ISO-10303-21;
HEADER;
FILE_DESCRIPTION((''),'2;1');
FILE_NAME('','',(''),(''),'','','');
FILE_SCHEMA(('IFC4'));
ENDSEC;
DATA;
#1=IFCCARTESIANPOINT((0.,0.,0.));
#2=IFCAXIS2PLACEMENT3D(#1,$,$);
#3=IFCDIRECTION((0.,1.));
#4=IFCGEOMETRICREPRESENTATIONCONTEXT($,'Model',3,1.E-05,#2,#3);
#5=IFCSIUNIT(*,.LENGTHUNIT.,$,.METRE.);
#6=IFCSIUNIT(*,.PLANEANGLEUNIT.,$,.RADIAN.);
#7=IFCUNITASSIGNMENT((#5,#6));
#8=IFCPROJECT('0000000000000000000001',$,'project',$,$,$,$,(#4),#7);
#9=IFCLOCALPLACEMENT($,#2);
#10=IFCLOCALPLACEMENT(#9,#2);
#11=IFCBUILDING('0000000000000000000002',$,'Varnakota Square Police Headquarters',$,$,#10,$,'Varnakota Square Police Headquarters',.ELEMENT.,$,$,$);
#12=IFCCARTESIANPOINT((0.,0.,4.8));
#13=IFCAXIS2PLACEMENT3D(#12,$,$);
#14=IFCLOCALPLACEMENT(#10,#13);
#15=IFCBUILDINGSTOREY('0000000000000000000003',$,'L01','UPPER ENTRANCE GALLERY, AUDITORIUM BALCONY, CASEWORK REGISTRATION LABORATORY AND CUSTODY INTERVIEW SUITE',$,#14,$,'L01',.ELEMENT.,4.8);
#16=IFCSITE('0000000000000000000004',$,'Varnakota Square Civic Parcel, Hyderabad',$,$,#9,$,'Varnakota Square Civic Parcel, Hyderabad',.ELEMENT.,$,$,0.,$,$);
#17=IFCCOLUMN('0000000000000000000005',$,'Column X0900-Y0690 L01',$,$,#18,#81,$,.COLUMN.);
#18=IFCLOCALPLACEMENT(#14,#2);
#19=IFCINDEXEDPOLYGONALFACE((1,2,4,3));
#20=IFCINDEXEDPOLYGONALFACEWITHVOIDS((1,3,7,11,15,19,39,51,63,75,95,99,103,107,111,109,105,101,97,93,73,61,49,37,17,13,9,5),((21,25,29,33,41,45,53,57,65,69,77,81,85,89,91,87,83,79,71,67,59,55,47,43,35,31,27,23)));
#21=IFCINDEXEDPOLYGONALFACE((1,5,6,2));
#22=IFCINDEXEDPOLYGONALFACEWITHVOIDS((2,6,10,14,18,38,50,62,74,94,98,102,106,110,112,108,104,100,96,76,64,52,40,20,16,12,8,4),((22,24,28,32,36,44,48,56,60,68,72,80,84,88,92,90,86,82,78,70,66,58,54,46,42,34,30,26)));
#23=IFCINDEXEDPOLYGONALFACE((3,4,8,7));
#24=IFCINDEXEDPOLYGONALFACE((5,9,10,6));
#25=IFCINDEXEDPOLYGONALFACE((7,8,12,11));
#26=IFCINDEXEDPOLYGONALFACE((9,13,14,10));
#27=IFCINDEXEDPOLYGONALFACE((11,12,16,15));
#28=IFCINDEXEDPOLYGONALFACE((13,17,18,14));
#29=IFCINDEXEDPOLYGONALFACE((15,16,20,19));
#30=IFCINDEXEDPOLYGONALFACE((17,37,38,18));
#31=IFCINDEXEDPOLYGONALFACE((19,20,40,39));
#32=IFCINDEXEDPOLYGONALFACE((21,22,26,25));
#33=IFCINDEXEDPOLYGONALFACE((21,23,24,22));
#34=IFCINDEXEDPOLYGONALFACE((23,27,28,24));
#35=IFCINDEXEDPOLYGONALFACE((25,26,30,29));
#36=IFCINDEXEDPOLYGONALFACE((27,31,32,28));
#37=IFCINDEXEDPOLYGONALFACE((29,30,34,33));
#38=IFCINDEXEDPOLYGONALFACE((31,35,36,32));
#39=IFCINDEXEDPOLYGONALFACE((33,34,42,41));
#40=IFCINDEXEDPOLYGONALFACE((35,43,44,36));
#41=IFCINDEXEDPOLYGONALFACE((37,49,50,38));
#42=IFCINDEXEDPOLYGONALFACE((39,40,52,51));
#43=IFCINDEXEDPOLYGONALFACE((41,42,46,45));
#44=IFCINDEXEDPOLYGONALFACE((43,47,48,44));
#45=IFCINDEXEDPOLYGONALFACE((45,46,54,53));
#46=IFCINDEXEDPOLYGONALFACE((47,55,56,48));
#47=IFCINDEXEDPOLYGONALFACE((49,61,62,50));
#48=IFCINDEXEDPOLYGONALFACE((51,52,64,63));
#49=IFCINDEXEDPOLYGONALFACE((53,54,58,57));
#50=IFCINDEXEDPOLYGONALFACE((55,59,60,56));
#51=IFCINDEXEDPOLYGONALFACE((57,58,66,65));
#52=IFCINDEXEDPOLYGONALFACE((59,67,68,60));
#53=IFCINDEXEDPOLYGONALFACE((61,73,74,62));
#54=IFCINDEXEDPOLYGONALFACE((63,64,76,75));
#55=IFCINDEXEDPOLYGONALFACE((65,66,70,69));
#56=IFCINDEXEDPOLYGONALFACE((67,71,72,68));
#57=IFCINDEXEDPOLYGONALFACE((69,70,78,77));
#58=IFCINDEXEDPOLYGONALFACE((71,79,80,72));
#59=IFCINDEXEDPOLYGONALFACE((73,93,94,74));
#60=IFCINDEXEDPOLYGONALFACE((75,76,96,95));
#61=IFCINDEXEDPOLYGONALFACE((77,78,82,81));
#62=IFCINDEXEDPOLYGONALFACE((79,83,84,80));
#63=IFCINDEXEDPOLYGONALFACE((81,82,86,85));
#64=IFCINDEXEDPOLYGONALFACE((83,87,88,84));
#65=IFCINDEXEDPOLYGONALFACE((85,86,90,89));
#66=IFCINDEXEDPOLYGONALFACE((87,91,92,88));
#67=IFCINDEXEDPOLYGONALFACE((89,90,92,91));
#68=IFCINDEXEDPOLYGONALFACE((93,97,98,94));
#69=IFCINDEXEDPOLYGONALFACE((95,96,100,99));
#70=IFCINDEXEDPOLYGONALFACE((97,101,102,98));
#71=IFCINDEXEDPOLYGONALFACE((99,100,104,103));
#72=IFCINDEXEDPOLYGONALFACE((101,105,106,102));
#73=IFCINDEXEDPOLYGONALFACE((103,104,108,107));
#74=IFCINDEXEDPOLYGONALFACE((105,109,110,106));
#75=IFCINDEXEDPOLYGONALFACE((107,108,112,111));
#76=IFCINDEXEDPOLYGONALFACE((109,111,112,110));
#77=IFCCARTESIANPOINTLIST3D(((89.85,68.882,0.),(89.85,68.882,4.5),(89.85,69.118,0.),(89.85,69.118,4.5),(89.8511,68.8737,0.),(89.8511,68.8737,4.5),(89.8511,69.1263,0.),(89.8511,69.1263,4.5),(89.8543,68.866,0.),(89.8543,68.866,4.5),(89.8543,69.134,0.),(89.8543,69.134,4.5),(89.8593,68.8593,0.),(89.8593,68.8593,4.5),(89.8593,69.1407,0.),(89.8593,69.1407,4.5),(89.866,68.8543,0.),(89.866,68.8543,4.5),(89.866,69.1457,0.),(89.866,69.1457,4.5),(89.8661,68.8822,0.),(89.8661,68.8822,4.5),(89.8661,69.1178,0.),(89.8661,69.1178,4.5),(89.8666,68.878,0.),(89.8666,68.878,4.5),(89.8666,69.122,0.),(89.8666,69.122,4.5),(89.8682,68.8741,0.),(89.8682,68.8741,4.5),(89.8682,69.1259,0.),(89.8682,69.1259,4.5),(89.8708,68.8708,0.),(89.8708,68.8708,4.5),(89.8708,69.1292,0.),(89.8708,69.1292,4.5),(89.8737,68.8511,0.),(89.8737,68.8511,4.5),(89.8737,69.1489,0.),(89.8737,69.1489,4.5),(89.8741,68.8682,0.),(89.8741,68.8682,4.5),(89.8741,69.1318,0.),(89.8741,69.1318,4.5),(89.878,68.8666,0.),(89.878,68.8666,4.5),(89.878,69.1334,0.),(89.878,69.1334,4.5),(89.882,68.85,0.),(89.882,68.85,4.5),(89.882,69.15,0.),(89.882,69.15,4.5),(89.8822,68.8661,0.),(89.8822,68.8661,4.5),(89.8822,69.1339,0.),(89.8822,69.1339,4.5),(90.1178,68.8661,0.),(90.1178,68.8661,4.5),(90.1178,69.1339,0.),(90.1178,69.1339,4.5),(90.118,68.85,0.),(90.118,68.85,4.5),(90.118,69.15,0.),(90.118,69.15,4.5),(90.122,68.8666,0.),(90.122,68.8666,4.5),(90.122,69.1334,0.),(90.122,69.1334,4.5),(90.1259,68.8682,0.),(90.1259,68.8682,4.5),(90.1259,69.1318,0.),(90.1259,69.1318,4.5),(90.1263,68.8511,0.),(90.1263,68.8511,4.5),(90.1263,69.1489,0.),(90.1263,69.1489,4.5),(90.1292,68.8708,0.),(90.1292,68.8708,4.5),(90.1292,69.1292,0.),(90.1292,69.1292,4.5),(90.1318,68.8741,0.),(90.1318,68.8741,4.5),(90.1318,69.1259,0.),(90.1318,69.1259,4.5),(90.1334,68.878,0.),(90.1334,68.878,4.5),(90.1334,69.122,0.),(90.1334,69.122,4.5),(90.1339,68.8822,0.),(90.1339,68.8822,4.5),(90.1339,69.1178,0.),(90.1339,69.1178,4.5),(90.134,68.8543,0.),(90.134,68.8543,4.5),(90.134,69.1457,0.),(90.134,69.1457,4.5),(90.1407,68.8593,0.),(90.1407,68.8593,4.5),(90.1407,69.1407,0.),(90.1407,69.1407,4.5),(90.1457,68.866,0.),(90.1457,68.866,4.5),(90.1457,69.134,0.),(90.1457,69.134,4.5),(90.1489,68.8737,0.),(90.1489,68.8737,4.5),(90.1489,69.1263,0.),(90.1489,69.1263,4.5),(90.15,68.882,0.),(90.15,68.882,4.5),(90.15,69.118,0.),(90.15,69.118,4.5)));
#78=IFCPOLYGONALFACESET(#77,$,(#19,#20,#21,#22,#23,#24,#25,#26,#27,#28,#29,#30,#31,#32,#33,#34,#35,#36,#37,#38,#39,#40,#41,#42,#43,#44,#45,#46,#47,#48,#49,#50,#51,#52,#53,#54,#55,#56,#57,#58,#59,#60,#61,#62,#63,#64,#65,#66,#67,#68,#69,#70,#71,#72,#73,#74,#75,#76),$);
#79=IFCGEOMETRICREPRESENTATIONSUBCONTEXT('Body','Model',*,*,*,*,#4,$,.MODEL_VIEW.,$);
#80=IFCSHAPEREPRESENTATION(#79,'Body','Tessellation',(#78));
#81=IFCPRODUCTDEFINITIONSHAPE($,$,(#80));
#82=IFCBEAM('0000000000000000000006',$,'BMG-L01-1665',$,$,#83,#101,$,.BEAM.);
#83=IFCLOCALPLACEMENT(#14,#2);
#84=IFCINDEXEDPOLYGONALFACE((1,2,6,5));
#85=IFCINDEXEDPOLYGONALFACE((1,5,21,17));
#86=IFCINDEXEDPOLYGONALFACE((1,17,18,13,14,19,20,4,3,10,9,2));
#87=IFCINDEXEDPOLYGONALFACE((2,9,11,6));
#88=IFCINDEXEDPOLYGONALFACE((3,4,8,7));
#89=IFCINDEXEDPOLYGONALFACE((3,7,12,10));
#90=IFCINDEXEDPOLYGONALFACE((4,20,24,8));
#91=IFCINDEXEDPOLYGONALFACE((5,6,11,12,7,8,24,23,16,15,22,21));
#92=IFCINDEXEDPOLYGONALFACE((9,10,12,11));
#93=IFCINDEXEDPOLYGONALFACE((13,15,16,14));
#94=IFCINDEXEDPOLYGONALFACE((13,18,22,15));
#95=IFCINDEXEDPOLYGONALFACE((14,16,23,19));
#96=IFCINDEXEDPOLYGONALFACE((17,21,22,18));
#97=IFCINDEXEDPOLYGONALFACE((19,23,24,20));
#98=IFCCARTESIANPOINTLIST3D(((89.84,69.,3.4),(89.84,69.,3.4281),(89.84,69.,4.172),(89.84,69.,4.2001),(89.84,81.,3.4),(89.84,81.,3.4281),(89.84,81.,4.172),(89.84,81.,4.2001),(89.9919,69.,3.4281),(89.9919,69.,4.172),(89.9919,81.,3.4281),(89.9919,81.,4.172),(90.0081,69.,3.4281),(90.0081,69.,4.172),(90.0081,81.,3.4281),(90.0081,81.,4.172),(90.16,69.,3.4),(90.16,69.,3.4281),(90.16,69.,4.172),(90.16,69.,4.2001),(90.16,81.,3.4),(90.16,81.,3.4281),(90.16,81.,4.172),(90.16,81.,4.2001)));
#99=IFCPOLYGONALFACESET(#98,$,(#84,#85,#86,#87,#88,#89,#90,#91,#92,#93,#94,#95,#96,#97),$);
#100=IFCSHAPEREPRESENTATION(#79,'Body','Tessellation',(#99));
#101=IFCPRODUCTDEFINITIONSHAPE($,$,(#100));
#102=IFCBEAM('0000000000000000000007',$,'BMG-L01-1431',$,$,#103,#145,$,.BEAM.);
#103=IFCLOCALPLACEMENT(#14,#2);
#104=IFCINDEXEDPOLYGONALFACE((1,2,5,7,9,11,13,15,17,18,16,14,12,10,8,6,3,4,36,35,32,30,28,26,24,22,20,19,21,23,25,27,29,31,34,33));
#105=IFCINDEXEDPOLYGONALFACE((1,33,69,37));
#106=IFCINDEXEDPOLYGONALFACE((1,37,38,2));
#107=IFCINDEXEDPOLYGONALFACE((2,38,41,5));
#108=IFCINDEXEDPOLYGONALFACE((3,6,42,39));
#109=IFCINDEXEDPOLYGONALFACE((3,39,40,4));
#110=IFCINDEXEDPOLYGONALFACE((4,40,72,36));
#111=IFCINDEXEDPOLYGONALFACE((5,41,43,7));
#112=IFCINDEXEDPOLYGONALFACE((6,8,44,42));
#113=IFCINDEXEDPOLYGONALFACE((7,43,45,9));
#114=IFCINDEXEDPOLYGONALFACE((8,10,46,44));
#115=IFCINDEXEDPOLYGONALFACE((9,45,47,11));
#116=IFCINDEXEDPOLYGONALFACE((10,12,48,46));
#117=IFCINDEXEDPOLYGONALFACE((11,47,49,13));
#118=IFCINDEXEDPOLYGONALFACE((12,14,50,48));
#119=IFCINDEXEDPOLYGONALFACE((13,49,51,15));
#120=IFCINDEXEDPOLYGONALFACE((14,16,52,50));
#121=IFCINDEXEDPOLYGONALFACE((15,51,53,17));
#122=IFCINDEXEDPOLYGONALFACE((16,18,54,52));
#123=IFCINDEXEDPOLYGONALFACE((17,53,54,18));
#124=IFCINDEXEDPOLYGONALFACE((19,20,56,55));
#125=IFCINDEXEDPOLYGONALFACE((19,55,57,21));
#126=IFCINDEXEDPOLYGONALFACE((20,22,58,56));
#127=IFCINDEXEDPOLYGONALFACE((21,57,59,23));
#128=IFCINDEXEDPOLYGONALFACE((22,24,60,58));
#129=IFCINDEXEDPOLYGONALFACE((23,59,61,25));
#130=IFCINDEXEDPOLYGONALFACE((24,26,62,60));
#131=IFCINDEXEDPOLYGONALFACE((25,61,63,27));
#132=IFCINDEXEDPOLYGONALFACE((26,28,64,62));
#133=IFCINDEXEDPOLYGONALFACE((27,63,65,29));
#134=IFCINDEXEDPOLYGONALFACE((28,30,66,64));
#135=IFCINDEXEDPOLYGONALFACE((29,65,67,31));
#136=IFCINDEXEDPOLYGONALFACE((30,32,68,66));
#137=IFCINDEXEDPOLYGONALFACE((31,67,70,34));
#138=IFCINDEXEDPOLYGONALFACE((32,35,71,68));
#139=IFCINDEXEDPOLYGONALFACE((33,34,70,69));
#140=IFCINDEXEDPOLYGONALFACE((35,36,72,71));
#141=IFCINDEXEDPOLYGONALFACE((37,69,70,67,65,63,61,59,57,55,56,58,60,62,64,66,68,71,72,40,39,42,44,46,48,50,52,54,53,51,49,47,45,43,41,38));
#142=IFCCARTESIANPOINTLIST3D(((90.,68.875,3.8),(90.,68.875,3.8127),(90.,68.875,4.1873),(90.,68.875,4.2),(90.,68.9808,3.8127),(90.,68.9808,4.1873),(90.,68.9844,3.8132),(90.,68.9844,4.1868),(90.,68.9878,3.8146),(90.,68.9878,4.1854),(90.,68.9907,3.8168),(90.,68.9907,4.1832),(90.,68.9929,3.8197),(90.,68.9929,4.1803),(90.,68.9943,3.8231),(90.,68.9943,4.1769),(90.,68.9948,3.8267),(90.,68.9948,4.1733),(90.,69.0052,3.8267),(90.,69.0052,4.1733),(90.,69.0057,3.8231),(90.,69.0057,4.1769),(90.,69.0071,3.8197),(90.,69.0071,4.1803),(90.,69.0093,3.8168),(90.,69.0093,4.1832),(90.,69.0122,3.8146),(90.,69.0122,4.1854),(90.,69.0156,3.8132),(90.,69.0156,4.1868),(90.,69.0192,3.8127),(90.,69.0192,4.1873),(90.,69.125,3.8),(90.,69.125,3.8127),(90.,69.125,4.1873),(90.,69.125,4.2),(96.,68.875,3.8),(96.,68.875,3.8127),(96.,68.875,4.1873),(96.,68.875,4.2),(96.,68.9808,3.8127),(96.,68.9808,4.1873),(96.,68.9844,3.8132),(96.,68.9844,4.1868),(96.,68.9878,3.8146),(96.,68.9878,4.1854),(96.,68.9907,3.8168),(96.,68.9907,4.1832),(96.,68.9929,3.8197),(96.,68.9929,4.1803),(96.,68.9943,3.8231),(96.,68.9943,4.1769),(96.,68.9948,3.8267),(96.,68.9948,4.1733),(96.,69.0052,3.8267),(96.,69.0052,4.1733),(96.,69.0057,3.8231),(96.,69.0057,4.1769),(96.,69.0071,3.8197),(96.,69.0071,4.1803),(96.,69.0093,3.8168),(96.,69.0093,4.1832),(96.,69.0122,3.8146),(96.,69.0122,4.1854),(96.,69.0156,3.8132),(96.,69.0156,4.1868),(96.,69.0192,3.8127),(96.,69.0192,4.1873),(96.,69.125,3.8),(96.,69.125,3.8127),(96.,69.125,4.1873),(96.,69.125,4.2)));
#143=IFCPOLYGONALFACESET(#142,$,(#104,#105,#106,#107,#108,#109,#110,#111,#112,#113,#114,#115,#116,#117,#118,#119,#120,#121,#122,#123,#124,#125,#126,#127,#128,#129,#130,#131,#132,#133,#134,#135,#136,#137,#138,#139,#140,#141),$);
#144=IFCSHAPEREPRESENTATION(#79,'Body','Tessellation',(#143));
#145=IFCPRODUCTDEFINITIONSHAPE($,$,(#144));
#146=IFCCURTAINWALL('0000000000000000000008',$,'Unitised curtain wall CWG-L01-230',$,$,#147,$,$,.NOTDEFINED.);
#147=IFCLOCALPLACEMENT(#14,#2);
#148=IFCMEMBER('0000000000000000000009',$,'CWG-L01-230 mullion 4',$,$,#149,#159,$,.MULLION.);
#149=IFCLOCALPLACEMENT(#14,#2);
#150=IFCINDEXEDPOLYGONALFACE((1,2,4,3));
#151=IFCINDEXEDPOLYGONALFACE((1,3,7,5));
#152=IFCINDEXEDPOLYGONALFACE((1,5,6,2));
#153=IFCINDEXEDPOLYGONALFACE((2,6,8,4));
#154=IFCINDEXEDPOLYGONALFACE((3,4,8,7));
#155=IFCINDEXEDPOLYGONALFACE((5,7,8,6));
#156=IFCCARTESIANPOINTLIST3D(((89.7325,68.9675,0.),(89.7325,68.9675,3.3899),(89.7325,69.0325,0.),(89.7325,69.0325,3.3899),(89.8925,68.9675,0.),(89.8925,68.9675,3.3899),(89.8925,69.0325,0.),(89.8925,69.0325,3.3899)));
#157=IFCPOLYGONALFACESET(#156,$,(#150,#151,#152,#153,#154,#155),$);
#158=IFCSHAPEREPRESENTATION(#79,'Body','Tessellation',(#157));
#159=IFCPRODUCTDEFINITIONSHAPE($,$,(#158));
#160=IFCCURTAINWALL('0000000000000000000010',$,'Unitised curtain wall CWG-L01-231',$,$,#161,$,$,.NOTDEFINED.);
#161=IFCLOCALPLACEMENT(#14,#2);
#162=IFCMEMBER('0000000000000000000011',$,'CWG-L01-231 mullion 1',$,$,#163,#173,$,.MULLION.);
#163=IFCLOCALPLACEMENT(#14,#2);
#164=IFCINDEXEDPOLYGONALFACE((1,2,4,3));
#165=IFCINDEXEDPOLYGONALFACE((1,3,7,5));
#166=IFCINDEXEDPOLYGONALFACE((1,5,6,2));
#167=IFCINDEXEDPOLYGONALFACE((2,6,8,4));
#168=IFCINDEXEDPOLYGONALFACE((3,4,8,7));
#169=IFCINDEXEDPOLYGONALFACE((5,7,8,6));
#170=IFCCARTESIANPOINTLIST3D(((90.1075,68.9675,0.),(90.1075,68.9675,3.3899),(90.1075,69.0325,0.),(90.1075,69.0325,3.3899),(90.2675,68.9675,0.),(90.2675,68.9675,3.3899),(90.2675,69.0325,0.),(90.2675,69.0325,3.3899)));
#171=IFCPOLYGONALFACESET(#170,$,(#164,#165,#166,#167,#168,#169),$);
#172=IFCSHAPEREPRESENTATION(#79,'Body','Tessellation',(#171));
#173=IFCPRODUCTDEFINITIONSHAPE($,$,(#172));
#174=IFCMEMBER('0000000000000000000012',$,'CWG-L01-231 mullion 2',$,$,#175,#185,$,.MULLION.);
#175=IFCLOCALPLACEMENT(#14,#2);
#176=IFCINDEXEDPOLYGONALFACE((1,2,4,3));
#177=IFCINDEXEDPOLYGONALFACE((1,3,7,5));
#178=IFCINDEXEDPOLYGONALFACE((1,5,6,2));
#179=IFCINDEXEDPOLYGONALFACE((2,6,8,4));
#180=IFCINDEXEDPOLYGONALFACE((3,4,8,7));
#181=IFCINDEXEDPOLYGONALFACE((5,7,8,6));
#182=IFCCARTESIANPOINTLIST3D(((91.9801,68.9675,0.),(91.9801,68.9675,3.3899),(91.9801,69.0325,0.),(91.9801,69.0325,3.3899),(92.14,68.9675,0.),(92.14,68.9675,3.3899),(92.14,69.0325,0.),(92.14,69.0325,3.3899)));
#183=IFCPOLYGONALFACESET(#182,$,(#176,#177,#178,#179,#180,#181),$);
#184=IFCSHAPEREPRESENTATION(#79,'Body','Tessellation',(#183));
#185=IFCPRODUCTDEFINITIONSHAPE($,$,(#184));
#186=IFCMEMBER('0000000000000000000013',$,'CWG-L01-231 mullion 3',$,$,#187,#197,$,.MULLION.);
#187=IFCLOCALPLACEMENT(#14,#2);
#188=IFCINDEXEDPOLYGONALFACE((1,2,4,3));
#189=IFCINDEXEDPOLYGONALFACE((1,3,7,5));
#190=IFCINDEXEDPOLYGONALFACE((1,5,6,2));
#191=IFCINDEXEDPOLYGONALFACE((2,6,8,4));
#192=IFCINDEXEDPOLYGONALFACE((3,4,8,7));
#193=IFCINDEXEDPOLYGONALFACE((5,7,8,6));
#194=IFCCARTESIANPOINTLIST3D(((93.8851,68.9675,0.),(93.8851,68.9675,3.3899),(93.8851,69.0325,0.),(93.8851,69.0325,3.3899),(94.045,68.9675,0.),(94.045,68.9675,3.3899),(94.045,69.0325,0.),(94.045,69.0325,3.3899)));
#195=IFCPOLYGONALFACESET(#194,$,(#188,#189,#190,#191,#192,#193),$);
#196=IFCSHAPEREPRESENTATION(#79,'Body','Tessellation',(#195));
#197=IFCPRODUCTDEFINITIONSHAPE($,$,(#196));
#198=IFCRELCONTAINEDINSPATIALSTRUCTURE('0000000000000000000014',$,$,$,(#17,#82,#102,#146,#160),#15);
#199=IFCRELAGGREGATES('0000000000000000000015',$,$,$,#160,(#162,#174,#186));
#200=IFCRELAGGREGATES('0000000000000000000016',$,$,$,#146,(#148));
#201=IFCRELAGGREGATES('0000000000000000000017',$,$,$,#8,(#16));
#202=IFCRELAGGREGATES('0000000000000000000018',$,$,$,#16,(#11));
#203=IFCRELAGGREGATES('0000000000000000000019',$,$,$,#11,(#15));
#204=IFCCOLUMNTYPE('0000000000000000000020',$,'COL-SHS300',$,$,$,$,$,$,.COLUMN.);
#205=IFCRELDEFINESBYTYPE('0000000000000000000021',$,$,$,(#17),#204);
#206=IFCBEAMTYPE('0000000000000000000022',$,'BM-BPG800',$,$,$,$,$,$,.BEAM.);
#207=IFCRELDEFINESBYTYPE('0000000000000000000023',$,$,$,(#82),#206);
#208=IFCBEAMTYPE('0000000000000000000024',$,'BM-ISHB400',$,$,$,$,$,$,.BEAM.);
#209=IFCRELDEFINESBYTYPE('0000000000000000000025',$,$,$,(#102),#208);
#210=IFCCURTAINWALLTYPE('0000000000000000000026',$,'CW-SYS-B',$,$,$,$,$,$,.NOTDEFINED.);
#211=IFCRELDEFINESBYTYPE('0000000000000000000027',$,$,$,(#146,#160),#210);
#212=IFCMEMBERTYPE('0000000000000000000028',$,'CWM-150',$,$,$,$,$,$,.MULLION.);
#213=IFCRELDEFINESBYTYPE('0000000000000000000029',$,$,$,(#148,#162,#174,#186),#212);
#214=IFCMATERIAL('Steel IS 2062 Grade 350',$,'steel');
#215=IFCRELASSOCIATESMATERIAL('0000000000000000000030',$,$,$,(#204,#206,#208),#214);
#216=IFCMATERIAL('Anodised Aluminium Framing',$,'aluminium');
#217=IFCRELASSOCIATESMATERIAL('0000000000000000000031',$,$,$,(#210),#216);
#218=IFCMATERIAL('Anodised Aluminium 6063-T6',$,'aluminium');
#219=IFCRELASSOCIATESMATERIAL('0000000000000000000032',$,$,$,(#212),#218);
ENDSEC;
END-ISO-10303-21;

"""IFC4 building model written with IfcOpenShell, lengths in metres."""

from ifc_helpers import new_model, si_unit, direction, frame, origin, origin_2d, place, context, subcontext, project, spatial, rectangle, hollow_rectangle, i_section, extrude, material, material_profile, profile_set, type_object, element, aggregate, save


model = new_model("IFC4")

# Units and contexts
model_context = context("Model", 3, precision=1e-05, world=origin(), true_north=direction((0.0, 1.0)))
body_context = subcontext(model_context, "Body", "Model", "MODEL_VIEW")
ifc_project = project(units=[si_unit("LENGTHUNIT", "METRE"), si_unit("PLANEANGLEUNIT", "RADIAN")], contexts=[model_context])

# Site, building, storey
site_placement = place(None, origin())
site = spatial("IfcSite", under=ifc_project, at=site_placement, Name="Varnakota Square Civic Parcel, Hyderabad", LongName="Varnakota Square Civic Parcel, Hyderabad", CompositionType="ELEMENT", RefElevation=0.0)
building_placement = place(site_placement, origin())
building = spatial("IfcBuilding", under=site, at=building_placement, Name="Varnakota Square Police Headquarters", LongName="Varnakota Square Police Headquarters", CompositionType="ELEMENT")
storey_placement = place(building_placement, frame((0.0, 0.0, 4.8)))
storey = spatial("IfcBuildingStorey", under=building, at=storey_placement, Name="L01", Description="UPPER ENTRANCE GALLERY, AUDITORIUM BALCONY, CASEWORK REGISTRATION LABORATORY AND CUSTODY INTERVIEW SUITE", LongName="L01", CompositionType="ELEMENT", Elevation=4.8)

# Column
ifc_material_1 = material(Name="Steel IS 2062 Grade 350", Category="steel")
ifc_material_profile_1 = material_profile(ifc_material_1, hollow_rectangle(XDim=0.3, YDim=0.3, WallThickness=0.0161, InnerFilletRadius=0.0161, OuterFilletRadius=0.032, at=origin_2d()), Name="SHS 300x300x16")
ifc_profile_set_1 = profile_set([ifc_material_profile_1], Name="Steel IS 2062 Grade 350")
column_type = type_object("IfcColumnType", Name="COL-SHS300", PredefinedType="COLUMN", material=ifc_profile_set_1)
column_placement = place(storey_placement, frame((90.0, 69.0, 0.0), z_axis=(0.0, 0.0, 1.0), x_axis=(1.0, 0.0, 0.0)))
element("IfcColumn", 1, at=column_placement, inside=storey, type_object=column_type, Name="Column X0900-Y0690 L01", PredefinedType="COLUMN", context=body_context, shape_type="SweptSolid", body=[
    extrude(hollow_rectangle(XDim=0.3, YDim=0.3, WallThickness=0.0161, InnerFilletRadius=0.0161, OuterFilletRadius=0.032, at=origin_2d()), origin(), (0.0, 0.0, 1.0), 4.5),
])

# Beams
ifc_material_profile_2 = material_profile(ifc_material_1, i_section(OverallWidth=0.3201, OverallDepth=0.8, WebThickness=0.0161, FlangeThickness=0.0281, at=origin_2d()), Name="BPG 800x320")
ifc_profile_set_2 = profile_set([ifc_material_profile_2], Name="Steel IS 2062 Grade 350")
beam_type_1 = type_object("IfcBeamType", Name="BM-BPG800", PredefinedType="BEAM", material=ifc_profile_set_2)
beam_1_placement = place(storey_placement, frame((90.0, 69.0, 3.8), z_axis=(0.0, 1.0, 0.0), x_axis=(-1.0, 0.0, 0.0)))
element("IfcBeam", 2, at=beam_1_placement, inside=storey, type_object=beam_type_1, Name="BMG-L01-1665", PredefinedType="BEAM", context=body_context, shape_type="SweptSolid", body=[
    extrude(i_section(OverallWidth=0.3201, OverallDepth=0.8, WebThickness=0.0161, FlangeThickness=0.0281, at=origin_2d()), origin(), (0.0, 0.0, 1.0), 12.0),
])
ifc_material_profile_3 = material_profile(ifc_material_1, i_section(OverallWidth=0.25, OverallDepth=0.3999, WebThickness=0.0105, FlangeThickness=0.0127, FilletRadius=0.0139, at=origin_2d()), Name="ISHB 400")
ifc_profile_set_3 = profile_set([ifc_material_profile_3], Name="Steel IS 2062 Grade 350")
beam_type_2 = type_object("IfcBeamType", Name="BM-ISHB400", PredefinedType="BEAM", material=ifc_profile_set_3)
beam_2_placement = place(storey_placement, frame((90.0, 69.0, 4.0), z_axis=(1.0, 0.0, 0.0), x_axis=(0.0, 1.0, 0.0)))
element("IfcBeam", 3, at=beam_2_placement, inside=storey, type_object=beam_type_2, Name="BMG-L01-1431", PredefinedType="BEAM", context=body_context, shape_type="SweptSolid", body=[
    extrude(i_section(OverallWidth=0.25, OverallDepth=0.3999, WebThickness=0.0105, FlangeThickness=0.0127, FilletRadius=0.0139, at=origin_2d()), origin(), (0.0, 0.0, 1.0), 6.0),
])

# Curtain wall, member
ifc_material_2 = material(Name="Anodised Aluminium Framing", Category="aluminium")
curtain_wall_type = type_object("IfcCurtainWallType", Name="CW-SYS-B", PredefinedType="NOTDEFINED", material=ifc_material_2)
curtain_wall_1_placement = place(storey_placement, origin())
curtain_wall_1 = element("IfcCurtainWall", 4, at=curtain_wall_1_placement, inside=storey, type_object=curtain_wall_type, Name="Unitised curtain wall CWG-L01-230", PredefinedType="NOTDEFINED")
ifc_material_3 = material(Name="Anodised Aluminium 6063-T6", Category="aluminium")
ifc_material_profile_4 = material_profile(ifc_material_3, rectangle(XDim=0.0649, YDim=0.1599, at=origin_2d()), Name="ALU MULLION 65x160")
ifc_profile_set_4 = profile_set([ifc_material_profile_4], Name="Anodised Aluminium 6063-T6")
member_type_1 = type_object("IfcMemberType", Name="CWM-150", PredefinedType="MULLION", material=ifc_profile_set_4)
member_1_placement = place(storey_placement, frame((89.8125, 69.0, 0.0), z_axis=(0.0, 0.0, 1.0), x_axis=(0.0, 1.0, 0.0)))
member_1 = element("IfcMember", 5, at=member_1_placement, type_object=member_type_1, Name="CWG-L01-230 mullion 4", PredefinedType="MULLION", context=body_context, shape_type="SweptSolid", body=[
    extrude(rectangle(XDim=0.0649, YDim=0.1599, at=origin_2d()), origin(), (0.0, 0.0, 1.0), 3.3899),
])

# Curtain wall, members
curtain_wall_2_placement = place(storey_placement, origin())
curtain_wall_2 = element("IfcCurtainWall", 6, at=curtain_wall_2_placement, inside=storey, type_object=curtain_wall_type, Name="Unitised curtain wall CWG-L01-231", PredefinedType="NOTDEFINED")
member_2_placement = place(storey_placement, frame((90.1875, 69.0, 0.0), z_axis=(0.0, 0.0, 1.0), x_axis=(0.0, 1.0, 0.0)))
member_2 = element("IfcMember", 7, at=member_2_placement, type_object=member_type_1, Name="CWG-L01-231 mullion 1", PredefinedType="MULLION", context=body_context, shape_type="SweptSolid", body=[
    extrude(rectangle(XDim=0.0649, YDim=0.1599, at=origin_2d()), origin(), (0.0, 0.0, 1.0), 3.3899),
])
member_3_placement = place(storey_placement, frame((92.0601, 69.0, 0.0), z_axis=(0.0, 0.0, 1.0), x_axis=(0.0, 1.0, 0.0)))
member_3 = element("IfcMember", 8, at=member_3_placement, type_object=member_type_1, Name="CWG-L01-231 mullion 2", PredefinedType="MULLION", context=body_context, shape_type="SweptSolid", body=[
    extrude(rectangle(XDim=0.0649, YDim=0.1599, at=origin_2d()), origin(), (0.0, 0.0, 1.0), 3.3899),
])
member_4_placement = place(storey_placement, frame((93.9651, 69.0, 0.0), z_axis=(0.0, 0.0, 1.0), x_axis=(0.0, 1.0, 0.0)))
member_4 = element("IfcMember", 9, at=member_4_placement, type_object=member_type_1, Name="CWG-L01-231 mullion 3", PredefinedType="MULLION", context=body_context, shape_type="SweptSolid", body=[
    extrude(rectangle(XDim=0.0649, YDim=0.1599, at=origin_2d()), origin(), (0.0, 0.0, 1.0), 3.3899),
])

aggregate(curtain_wall_2, [member_2, member_3, member_4])
aggregate(curtain_wall_1, [member_1])

save(model, "model.ifc")
